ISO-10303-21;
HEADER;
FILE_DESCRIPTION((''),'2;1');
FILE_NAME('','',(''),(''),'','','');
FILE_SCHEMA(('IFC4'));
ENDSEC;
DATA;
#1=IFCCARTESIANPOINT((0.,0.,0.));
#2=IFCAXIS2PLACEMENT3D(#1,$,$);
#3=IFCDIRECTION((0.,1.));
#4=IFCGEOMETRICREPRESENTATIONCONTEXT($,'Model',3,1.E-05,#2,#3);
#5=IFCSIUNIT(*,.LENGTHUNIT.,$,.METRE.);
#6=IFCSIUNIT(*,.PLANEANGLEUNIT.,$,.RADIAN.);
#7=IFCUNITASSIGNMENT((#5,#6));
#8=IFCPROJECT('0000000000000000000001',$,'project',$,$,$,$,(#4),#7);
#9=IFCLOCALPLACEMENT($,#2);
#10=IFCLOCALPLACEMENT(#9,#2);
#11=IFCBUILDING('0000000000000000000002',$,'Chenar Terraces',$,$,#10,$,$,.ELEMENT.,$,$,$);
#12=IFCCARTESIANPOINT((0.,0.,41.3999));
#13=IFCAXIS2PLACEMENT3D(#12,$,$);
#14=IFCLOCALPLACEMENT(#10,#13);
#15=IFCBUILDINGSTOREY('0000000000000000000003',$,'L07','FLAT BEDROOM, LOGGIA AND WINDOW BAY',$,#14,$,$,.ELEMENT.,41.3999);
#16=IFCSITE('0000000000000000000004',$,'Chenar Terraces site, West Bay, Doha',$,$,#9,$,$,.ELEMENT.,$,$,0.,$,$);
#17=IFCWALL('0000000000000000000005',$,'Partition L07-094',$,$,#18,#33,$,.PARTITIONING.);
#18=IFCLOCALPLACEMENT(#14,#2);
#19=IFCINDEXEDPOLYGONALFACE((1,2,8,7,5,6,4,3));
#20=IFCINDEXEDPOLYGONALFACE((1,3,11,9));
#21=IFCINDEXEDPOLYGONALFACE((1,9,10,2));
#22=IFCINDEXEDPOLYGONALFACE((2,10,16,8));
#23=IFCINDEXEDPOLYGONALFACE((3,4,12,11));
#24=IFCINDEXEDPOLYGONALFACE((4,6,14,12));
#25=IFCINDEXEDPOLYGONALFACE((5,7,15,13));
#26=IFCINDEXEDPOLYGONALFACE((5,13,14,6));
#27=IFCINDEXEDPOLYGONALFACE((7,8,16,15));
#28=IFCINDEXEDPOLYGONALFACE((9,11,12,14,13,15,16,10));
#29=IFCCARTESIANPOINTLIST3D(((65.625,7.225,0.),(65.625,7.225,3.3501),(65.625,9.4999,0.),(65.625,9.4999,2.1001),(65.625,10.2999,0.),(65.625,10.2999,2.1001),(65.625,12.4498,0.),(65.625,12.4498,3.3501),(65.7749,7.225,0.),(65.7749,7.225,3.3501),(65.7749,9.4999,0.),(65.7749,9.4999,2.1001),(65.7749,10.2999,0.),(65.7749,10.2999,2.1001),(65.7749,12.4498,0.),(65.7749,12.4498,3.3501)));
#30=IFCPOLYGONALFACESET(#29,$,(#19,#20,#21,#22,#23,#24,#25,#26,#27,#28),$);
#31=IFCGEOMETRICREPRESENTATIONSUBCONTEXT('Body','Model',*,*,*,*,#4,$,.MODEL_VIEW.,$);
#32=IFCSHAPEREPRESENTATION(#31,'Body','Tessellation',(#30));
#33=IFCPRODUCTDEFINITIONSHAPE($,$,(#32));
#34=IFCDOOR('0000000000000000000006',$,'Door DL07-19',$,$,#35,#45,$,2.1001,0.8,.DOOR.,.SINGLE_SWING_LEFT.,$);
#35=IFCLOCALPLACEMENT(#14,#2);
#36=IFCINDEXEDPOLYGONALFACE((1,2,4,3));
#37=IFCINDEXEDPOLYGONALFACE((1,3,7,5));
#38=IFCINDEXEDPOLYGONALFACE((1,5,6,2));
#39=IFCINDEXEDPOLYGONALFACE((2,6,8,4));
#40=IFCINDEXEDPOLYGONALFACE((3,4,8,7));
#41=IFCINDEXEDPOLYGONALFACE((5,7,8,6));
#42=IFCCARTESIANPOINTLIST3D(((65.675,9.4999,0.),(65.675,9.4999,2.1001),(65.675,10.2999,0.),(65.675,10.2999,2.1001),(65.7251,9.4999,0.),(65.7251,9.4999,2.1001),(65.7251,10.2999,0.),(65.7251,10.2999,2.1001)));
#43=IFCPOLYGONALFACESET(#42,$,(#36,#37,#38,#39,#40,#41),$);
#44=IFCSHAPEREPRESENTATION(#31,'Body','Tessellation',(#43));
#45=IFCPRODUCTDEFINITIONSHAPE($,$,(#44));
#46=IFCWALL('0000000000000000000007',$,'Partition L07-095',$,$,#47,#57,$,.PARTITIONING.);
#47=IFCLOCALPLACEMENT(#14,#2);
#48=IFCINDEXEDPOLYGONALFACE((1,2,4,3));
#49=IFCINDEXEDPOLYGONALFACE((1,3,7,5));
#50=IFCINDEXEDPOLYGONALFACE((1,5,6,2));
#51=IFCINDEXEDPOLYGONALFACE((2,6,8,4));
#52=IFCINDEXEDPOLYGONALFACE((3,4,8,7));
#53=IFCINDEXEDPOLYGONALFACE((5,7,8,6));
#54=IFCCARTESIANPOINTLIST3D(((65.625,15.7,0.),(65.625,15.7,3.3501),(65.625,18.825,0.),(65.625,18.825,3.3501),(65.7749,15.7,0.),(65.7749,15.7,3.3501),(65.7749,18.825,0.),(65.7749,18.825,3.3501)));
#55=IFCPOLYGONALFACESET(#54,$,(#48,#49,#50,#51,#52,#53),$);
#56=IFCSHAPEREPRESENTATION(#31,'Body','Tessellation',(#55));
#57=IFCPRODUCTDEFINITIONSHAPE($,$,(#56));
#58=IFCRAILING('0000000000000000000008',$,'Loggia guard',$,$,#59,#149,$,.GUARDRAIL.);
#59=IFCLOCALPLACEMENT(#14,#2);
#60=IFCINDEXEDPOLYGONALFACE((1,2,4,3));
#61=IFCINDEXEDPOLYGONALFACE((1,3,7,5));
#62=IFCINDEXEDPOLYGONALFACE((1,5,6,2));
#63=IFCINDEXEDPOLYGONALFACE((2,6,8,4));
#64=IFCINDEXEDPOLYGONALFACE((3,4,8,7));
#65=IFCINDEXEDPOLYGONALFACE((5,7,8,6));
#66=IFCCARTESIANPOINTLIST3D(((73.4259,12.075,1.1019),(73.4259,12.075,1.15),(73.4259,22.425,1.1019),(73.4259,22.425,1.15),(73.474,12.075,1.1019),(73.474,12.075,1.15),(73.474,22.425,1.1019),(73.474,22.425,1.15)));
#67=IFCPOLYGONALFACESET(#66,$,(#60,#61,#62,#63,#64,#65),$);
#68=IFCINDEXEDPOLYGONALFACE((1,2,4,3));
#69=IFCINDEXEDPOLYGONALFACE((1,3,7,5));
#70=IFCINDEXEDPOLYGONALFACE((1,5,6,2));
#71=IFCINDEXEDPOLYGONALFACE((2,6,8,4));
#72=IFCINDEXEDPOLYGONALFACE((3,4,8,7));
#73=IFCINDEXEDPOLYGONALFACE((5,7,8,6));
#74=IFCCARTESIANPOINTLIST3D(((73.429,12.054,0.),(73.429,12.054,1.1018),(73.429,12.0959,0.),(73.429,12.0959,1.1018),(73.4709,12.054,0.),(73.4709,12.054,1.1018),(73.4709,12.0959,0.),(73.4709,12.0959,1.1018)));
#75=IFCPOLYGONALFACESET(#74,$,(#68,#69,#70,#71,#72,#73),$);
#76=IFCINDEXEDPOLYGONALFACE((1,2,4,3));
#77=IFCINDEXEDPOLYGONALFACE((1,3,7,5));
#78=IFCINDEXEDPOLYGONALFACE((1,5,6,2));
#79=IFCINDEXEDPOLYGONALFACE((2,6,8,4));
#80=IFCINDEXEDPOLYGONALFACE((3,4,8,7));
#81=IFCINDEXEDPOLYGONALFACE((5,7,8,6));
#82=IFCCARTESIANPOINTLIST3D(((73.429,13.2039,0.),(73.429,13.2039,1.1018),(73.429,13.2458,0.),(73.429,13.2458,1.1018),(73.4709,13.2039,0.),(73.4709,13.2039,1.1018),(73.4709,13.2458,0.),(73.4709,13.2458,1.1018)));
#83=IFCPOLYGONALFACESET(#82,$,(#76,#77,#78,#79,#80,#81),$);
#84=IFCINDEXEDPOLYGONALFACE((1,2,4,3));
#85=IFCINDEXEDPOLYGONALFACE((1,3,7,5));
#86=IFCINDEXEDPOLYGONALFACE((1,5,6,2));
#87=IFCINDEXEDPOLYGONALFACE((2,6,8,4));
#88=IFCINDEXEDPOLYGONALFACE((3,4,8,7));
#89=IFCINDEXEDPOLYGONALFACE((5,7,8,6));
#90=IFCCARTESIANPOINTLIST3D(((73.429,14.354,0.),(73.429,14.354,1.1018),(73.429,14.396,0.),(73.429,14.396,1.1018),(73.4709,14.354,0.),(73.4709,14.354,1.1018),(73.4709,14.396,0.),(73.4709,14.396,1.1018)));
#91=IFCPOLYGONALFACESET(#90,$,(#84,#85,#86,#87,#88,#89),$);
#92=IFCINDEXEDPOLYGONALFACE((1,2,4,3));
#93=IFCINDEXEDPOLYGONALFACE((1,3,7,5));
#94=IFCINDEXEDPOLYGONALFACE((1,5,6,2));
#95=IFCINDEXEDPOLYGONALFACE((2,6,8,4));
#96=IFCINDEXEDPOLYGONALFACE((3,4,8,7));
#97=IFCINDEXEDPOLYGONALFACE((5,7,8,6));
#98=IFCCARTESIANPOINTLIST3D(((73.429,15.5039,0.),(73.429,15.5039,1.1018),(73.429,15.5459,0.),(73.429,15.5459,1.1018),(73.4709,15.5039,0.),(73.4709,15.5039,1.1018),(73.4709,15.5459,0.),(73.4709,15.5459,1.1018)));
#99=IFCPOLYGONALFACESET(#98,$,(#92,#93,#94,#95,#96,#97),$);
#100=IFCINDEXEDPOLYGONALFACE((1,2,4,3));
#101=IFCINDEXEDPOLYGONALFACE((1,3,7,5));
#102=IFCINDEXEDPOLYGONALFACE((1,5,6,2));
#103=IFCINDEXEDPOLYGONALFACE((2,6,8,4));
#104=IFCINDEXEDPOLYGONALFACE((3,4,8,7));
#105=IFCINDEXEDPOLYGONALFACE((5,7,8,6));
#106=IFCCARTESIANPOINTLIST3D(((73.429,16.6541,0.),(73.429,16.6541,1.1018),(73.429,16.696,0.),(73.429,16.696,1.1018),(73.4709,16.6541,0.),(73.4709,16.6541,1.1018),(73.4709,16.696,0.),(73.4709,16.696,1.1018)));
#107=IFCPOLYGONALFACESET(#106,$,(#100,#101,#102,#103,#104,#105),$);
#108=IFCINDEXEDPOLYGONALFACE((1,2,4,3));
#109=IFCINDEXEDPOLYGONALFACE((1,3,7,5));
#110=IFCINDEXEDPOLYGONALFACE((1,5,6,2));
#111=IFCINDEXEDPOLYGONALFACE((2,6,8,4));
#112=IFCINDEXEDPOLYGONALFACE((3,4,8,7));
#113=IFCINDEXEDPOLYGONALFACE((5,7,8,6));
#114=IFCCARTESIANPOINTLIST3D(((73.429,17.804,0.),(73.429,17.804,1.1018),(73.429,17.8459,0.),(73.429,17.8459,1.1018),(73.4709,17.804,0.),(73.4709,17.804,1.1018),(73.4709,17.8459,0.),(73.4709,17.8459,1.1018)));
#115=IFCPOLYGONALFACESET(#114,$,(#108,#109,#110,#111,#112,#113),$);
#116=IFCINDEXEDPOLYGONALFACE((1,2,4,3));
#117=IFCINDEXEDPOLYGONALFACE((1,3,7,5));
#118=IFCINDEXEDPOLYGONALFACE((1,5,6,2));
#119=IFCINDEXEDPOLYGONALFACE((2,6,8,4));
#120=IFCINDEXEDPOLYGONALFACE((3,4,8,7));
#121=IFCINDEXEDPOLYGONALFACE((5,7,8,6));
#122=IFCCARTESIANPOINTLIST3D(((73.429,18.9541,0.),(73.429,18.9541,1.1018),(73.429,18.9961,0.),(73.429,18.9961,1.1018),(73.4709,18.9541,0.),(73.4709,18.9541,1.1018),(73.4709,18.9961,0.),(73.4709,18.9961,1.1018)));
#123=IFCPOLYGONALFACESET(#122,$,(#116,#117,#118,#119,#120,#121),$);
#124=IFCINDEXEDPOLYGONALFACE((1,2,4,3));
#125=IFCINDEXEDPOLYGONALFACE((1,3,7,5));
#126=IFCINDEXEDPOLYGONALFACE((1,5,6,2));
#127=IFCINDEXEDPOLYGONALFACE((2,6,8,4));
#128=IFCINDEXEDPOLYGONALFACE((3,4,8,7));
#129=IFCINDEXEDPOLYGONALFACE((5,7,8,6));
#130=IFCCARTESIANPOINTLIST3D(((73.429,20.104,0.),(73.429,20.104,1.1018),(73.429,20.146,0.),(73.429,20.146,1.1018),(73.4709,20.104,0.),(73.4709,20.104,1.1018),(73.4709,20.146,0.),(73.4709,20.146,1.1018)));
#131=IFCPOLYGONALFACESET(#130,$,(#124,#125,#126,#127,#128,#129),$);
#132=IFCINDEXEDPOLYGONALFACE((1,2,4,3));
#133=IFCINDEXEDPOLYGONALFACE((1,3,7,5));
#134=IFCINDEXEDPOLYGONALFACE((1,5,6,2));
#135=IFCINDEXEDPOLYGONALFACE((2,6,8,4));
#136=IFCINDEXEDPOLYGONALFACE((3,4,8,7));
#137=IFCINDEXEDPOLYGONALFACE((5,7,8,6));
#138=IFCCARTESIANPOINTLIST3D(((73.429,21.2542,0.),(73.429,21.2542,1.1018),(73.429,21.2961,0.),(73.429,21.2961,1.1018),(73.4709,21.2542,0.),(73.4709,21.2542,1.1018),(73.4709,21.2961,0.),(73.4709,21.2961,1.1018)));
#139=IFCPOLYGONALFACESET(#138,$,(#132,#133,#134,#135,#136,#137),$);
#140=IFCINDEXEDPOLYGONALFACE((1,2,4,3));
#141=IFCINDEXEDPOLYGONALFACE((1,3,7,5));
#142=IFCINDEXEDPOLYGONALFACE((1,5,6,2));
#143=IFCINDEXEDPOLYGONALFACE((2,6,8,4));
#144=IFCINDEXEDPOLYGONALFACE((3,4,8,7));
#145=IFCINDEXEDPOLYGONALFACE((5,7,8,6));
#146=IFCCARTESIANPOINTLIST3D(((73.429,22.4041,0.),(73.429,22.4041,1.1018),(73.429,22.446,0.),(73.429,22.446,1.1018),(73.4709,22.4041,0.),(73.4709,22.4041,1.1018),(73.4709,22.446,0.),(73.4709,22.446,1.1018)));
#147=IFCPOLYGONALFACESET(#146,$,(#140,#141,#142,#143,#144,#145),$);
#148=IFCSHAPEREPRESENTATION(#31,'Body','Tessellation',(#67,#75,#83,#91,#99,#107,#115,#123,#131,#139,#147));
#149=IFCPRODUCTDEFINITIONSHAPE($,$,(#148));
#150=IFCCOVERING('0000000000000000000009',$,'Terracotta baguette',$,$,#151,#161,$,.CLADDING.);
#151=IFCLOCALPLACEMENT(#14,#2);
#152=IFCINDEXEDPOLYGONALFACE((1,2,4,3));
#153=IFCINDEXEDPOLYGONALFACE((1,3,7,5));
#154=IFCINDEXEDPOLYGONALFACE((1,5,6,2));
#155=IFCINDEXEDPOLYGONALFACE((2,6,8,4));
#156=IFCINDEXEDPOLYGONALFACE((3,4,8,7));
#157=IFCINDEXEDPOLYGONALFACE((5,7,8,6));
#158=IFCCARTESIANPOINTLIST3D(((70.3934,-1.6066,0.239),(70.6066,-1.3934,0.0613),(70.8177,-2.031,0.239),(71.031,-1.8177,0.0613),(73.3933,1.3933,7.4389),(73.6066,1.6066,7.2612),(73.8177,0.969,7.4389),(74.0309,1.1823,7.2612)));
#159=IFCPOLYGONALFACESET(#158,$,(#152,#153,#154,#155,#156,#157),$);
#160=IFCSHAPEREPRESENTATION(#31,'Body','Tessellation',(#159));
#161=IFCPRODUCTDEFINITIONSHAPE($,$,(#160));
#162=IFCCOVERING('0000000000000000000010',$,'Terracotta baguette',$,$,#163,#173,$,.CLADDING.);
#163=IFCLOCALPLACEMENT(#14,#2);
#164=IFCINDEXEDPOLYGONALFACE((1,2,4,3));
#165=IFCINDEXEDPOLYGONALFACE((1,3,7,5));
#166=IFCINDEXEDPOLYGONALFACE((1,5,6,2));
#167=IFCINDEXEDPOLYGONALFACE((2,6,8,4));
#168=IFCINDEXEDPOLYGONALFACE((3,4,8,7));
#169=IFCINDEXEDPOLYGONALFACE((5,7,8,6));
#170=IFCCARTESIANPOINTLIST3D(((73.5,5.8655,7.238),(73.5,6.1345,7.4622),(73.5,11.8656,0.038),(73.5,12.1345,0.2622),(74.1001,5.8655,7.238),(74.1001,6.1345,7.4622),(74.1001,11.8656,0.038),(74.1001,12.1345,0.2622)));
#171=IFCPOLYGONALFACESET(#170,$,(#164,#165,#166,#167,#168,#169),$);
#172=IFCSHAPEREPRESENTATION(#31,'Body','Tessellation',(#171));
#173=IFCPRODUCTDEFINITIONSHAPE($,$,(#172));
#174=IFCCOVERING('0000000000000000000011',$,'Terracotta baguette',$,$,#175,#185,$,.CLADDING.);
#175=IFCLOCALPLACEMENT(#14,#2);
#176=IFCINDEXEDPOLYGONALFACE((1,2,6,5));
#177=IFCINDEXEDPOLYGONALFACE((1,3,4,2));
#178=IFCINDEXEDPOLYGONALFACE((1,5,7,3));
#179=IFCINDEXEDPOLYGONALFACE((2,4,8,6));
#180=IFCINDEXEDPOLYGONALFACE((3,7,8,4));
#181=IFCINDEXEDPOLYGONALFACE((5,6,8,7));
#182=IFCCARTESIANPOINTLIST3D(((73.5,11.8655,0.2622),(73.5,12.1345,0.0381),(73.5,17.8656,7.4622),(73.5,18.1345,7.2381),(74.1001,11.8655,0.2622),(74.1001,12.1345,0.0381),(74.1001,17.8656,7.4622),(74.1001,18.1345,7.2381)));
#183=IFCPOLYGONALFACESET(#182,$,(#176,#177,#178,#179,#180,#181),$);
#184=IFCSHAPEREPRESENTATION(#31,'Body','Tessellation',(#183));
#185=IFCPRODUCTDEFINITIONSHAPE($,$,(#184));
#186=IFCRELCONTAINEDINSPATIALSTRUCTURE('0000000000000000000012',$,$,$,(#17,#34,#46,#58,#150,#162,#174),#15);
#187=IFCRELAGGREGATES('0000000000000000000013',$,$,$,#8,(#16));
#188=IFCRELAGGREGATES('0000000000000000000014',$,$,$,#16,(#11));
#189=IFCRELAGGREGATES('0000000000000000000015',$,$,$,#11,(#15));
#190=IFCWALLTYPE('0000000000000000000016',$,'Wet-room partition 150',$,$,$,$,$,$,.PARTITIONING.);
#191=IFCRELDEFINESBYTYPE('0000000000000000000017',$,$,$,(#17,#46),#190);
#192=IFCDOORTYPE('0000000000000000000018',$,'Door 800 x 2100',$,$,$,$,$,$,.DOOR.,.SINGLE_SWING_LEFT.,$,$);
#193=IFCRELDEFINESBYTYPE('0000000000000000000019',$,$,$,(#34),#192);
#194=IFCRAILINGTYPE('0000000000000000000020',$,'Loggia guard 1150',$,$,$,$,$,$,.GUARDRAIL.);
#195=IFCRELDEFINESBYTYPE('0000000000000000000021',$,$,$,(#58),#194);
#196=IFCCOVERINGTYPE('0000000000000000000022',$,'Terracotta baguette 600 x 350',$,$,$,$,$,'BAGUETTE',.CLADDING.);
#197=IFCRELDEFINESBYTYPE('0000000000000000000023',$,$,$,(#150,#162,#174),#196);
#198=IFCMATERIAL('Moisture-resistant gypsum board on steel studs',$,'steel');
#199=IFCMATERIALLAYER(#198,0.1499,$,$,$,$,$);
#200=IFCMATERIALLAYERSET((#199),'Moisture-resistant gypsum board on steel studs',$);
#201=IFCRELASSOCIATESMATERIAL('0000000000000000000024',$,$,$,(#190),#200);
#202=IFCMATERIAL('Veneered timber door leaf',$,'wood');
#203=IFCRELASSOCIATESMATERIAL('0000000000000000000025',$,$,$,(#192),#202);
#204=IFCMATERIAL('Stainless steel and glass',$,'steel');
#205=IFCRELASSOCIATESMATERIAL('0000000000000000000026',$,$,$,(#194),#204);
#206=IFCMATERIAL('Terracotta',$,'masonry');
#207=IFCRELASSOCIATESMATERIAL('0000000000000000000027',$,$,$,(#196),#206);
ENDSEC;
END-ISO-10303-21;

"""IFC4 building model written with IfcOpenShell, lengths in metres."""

from ifc_helpers import new_model, si_unit, direction, frame, frame_2d, origin, origin_2d, place, context, subcontext, project, spatial, rectangle, extrude, material, layer, layer_set, material_profile, profile_set, type_object, element, fill, save


model = new_model("IFC4")

# Units and contexts
model_context = context("Model", 3, precision=1e-05, world=origin(), true_north=direction((0.0, 1.0)))
body_context = subcontext(model_context, "Body", "Model", "MODEL_VIEW")
ifc_project = project(units=[si_unit("LENGTHUNIT", "METRE"), si_unit("PLANEANGLEUNIT", "RADIAN")], contexts=[model_context])

# Site, building, storey
site_placement = place(None, origin())
site = spatial("IfcSite", under=ifc_project, at=site_placement, Name="Chenar Terraces site, West Bay, Doha", CompositionType="ELEMENT", RefElevation=0.0)
building_placement = place(site_placement, origin())
building = spatial("IfcBuilding", under=site, at=building_placement, Name="Chenar Terraces", CompositionType="ELEMENT")
storey_placement = place(building_placement, frame((0.0, 0.0, 41.3999)))
storey = spatial("IfcBuildingStorey", under=building, at=storey_placement, Name="L07", Description="FLAT BEDROOM, LOGGIA AND WINDOW BAY", CompositionType="ELEMENT", Elevation=41.3999)

# Shared definitions
ifc_material_1 = material(Name="Moisture-resistant gypsum board on steel studs", Category="steel")
ifc_layer_1 = layer(ifc_material_1, 0.1499)
ifc_layer_set_1 = layer_set([ifc_layer_1], Name="Moisture-resistant gypsum board on steel studs")
wall_type_1 = type_object("IfcWallType", Name="Wet-room partition 150", PredefinedType="PARTITIONING", material=ifc_layer_set_1)

# Wall, opening, door
ifc_material_2 = material(Name="Veneered timber door leaf", Category="wood")
door_type_1 = type_object("IfcDoorType", Name="Door 800 x 2100", OperationType="SINGLE_SWING_LEFT", PredefinedType="DOOR", material=ifc_material_2)
wall_1_placement = place(storey_placement, frame((65.7, 7.2251, 0.0), z_axis=(0.0, 0.0, 1.0), x_axis=(0.0, 1.0, 0.0)))
wall_1 = element("IfcWall", 1, at=wall_1_placement, inside=storey, type_object=wall_type_1, Name="Partition L07-094", PredefinedType="PARTITIONING", context=body_context, shape_type="SweptSolid", body=[
    extrude(rectangle(XDim=5.2249, YDim=0.1499, at=frame_2d((2.6123, 0.0))), origin(), (0.0, 0.0, 1.0), 3.3501),
])
opening_1_placement = place(wall_1_placement, frame((2.2749, 0.0, 0.0)))
opening_1 = element("IfcOpeningElement", 2, at=opening_1_placement, cuts=wall_1, PredefinedType="OPENING", context=body_context, shape_type="SweptSolid", body=[
    extrude(rectangle(XDim=0.8, YDim=2.1001, at=frame_2d((0.3999, 1.05))), frame((0.0, 0.085, 0.0), z_axis=(0.0, -1.0, 0.0), x_axis=(1.0, 0.0, 0.0)), (0.0, 0.0, 1.0), 0.1699),
])
door_1_placement = place(opening_1_placement, origin())
door_1 = element("IfcDoor", 3, at=door_1_placement, inside=storey, type_object=door_type_1, Name="Door DL07-19", OperationType="SINGLE_SWING_LEFT", OverallHeight=2.1001, OverallWidth=0.8, PredefinedType="DOOR", context=body_context, shape_type="SweptSolid", body=[
    extrude(rectangle(XDim=0.8, YDim=2.1001, at=frame_2d((0.3999, 1.05))), frame((0.0, 0.0249, 0.0), z_axis=(0.0, -1.0, 0.0), x_axis=(1.0, 0.0, 0.0)), (0.0, 0.0, 1.0), 0.05),
])
fill(opening_1, door_1)

# Wall
wall_2_placement = place(storey_placement, frame((65.7, 15.7, 0.0), z_axis=(0.0, 0.0, 1.0), x_axis=(0.0, 1.0, 0.0)))
element("IfcWall", 4, at=wall_2_placement, inside=storey, type_object=wall_type_1, Name="Partition L07-095", PredefinedType="PARTITIONING", context=body_context, shape_type="SweptSolid", body=[
    extrude(rectangle(XDim=3.125, YDim=0.1499, at=frame_2d((1.5625, 0.0))), origin(), (0.0, 0.0, 1.0), 3.3501),
])

# Railing
ifc_material_3 = material(Name="Stainless steel and glass", Category="steel")
railing_type = type_object("IfcRailingType", Name="Loggia guard 1150", PredefinedType="GUARDRAIL", material=ifc_material_3)
railing_placement = place(storey_placement, frame((73.45, 12.075, 0.0)))
element("IfcRailing", 5, at=railing_placement, inside=storey, type_object=railing_type, Name="Loggia guard", PredefinedType="GUARDRAIL", context=body_context, shape_type="SweptSolid", body=[
    extrude(rectangle(XDim=0.0481, YDim=0.0481, at=origin_2d()), frame((0.0, 0.0, 1.126), z_axis=(0.0, 1.0, 0.0), x_axis=(-1.0, 0.0, 0.0)), (0.0, 0.0, 1.0), 10.3501),
    extrude(rectangle(XDim=0.042, YDim=0.042, at=origin_2d()), origin(), (0.0, 0.0, 1.0), 1.1018),
    extrude(rectangle(XDim=0.042, YDim=0.042, at=origin_2d()), frame((0.0, 1.1499, 0.0)), (0.0, 0.0, 1.0), 1.1018),
    extrude(rectangle(XDim=0.042, YDim=0.042, at=origin_2d()), frame((0.0, 2.3, 0.0)), (0.0, 0.0, 1.0), 1.1018),
    extrude(rectangle(XDim=0.042, YDim=0.042, at=origin_2d()), frame((0.0, 3.45, 0.0)), (0.0, 0.0, 1.0), 1.1018),
    extrude(rectangle(XDim=0.042, YDim=0.042, at=origin_2d()), frame((0.0, 4.6001, 0.0)), (0.0, 0.0, 1.0), 1.1018),
    extrude(rectangle(XDim=0.042, YDim=0.042, at=origin_2d()), frame((0.0, 5.75, 0.0)), (0.0, 0.0, 1.0), 1.1018),
    extrude(rectangle(XDim=0.042, YDim=0.042, at=origin_2d()), frame((0.0, 6.9001, 0.0)), (0.0, 0.0, 1.0), 1.1018),
    extrude(rectangle(XDim=0.042, YDim=0.042, at=origin_2d()), frame((0.0, 8.05, 0.0)), (0.0, 0.0, 1.0), 1.1018),
    extrude(rectangle(XDim=0.042, YDim=0.042, at=origin_2d()), frame((0.0, 9.2002, 0.0)), (0.0, 0.0, 1.0), 1.1018),
    extrude(rectangle(XDim=0.042, YDim=0.042, at=origin_2d()), frame((0.0, 10.3501, 0.0)), (0.0, 0.0, 1.0), 1.1018),
])

# Coverings
ifc_material_4 = material(Name="Terracotta", Category="masonry")
ifc_material_profile_1 = material_profile(ifc_material_4, rectangle(XDim=0.6001, YDim=0.3501, at=origin_2d()), Name="Terracotta baguette 600 x 350")
ifc_profile_set_1 = profile_set([ifc_material_profile_1], Name="Terracotta")
covering_type = type_object("IfcCoveringType", Name="Terracotta baguette 600 x 350", ElementType="BAGUETTE", PredefinedType="CLADDING", material=ifc_profile_set_1)
covering_placement = place(storey_placement, frame((70.7122, -1.7122, 0.1501), z_axis=(0.358981, 0.358981, 0.861548), x_axis=(-0.707107, 0.707107, 0.0)))
element("IfcCovering", 6, at=covering_placement, inside=storey, type_object=covering_type, Name="Terracotta baguette", PredefinedType="CLADDING", context=body_context, shape_type="SweptSolid", body=[
    extrude(rectangle(XDim=0.6001, YDim=0.3501, at=origin_2d()), origin(), (0.0, 0.0, 1.0), 8.3569),
])
for number, where, z_axis, x_axis, name in (
    (7, (73.8, 6.0, 7.3501), (0.0, 0.640187, -0.768219), (-1.0, 0.0, 0.0), "Terracotta baguette"),
    (8, (73.8, 12.0, 0.1501), (0.0, 0.640187, 0.768219), (-1.0, 0.0, 0.0), "Terracotta baguette"),
):
    element("IfcCovering", number, at=place(storey_placement, frame(where, z_axis=z_axis, x_axis=x_axis)), inside=storey, type_object=covering_type, Name=name, PredefinedType="CLADDING", context=body_context, shape_type="SweptSolid", body=[
        extrude(rectangle(XDim=0.6001, YDim=0.3501, at=origin_2d()), origin(), (0.0, 0.0, 1.0), 9.3723),
    ])

save(model, "model.ifc")
